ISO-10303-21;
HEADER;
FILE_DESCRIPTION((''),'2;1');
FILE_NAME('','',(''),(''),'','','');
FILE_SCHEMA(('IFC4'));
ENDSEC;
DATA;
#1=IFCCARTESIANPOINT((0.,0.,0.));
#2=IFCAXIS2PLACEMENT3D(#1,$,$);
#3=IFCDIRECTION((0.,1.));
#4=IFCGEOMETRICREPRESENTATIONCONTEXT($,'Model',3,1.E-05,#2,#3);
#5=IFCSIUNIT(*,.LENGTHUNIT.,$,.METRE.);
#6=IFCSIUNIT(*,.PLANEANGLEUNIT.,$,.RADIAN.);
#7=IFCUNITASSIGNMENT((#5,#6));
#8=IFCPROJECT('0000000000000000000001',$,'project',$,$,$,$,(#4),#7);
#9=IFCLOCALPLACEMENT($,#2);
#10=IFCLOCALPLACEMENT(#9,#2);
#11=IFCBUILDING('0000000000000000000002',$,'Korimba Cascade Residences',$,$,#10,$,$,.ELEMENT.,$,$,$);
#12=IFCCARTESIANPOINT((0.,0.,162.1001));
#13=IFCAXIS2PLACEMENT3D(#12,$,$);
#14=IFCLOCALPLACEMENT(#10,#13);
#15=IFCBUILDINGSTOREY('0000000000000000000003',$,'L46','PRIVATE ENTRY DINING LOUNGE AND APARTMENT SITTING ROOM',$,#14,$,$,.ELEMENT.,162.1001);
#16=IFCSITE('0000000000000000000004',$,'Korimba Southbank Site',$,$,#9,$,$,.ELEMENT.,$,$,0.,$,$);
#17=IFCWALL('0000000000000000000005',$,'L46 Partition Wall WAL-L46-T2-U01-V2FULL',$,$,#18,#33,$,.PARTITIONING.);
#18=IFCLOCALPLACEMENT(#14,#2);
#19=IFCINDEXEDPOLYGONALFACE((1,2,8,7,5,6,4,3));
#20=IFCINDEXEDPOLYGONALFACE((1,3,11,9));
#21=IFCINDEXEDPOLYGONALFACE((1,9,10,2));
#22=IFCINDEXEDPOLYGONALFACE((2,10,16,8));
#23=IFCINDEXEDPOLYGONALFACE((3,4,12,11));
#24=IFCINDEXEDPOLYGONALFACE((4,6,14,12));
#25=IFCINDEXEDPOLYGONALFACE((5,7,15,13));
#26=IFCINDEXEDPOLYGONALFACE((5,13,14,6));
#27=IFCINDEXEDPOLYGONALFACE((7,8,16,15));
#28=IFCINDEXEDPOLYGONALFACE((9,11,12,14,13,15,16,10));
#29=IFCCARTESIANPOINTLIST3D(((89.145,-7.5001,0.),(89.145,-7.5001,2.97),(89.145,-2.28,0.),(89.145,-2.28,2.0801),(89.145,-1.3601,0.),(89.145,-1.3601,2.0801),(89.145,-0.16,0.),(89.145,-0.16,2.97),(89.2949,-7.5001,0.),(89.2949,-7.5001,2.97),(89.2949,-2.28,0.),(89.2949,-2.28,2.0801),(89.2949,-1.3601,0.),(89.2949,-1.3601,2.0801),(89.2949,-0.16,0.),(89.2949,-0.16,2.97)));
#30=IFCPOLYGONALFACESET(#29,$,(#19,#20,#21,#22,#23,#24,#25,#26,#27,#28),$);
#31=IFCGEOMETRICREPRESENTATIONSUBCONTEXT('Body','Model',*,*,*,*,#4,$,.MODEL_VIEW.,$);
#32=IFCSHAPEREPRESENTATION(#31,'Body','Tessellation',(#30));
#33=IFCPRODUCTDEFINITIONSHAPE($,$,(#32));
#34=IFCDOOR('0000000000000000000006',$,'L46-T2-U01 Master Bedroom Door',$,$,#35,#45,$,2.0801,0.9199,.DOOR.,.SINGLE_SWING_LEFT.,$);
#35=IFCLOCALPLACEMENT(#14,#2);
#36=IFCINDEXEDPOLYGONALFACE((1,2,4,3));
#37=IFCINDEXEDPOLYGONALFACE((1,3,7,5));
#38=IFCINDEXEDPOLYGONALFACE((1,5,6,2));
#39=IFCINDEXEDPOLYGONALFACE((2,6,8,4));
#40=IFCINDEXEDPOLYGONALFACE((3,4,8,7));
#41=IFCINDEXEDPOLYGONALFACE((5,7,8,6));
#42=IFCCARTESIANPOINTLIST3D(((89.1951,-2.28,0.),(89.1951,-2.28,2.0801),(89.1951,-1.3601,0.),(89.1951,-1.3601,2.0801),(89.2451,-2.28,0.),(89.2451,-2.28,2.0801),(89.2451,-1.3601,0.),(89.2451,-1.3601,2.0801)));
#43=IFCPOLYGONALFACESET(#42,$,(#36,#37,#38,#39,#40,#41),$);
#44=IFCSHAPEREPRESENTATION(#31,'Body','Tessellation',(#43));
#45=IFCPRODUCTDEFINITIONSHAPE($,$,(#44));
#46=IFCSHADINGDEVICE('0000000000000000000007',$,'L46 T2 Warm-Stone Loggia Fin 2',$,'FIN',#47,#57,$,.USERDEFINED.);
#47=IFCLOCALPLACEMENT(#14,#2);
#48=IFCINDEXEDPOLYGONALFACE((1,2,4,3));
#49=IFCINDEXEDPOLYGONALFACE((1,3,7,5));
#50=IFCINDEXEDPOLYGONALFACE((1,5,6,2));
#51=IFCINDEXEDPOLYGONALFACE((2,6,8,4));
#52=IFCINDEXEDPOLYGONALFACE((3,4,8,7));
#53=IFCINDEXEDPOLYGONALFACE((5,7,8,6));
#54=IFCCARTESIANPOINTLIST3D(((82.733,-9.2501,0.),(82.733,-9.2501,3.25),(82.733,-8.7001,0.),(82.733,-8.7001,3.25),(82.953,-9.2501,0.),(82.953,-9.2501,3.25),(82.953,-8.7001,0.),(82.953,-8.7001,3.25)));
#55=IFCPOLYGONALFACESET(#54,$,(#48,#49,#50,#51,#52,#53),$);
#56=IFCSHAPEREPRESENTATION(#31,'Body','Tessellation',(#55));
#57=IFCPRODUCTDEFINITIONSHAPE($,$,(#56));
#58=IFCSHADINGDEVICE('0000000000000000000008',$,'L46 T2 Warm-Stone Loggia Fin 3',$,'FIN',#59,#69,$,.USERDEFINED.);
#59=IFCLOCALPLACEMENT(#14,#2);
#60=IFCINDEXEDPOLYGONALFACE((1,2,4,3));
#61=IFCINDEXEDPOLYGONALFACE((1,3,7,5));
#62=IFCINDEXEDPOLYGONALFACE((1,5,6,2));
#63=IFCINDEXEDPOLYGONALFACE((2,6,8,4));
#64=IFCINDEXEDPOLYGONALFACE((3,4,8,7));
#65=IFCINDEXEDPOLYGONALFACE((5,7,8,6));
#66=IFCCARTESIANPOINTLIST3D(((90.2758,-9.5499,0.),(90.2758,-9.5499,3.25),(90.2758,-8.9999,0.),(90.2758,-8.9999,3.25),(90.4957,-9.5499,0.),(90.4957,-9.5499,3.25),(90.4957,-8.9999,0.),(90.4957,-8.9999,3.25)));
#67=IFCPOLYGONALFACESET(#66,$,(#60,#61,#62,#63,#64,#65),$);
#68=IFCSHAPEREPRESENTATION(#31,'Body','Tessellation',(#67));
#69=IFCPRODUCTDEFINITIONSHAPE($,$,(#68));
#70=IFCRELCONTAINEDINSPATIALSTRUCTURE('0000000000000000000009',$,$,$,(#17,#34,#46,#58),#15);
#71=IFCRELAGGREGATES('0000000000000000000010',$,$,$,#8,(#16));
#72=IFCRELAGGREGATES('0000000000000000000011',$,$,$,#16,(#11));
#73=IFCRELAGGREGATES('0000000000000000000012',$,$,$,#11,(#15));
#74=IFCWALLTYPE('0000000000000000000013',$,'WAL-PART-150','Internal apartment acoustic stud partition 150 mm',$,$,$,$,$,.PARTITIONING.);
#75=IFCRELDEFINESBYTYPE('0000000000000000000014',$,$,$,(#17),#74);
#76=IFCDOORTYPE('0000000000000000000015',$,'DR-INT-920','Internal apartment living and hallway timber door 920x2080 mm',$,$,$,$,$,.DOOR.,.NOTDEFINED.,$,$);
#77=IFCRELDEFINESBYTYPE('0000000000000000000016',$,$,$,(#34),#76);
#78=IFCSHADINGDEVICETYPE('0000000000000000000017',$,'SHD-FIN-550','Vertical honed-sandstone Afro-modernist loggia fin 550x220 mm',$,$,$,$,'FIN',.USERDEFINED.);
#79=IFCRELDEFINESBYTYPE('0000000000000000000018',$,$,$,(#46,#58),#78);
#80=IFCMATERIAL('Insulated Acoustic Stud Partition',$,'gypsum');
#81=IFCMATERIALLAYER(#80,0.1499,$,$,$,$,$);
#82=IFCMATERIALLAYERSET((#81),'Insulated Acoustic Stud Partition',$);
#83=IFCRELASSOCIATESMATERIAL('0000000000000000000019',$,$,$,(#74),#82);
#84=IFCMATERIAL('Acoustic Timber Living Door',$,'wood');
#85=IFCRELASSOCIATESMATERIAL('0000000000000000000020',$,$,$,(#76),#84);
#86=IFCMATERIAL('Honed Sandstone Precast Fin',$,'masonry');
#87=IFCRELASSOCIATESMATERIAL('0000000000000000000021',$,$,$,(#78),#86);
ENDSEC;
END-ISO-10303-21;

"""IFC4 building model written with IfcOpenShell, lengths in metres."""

from ifc_helpers import new_model, si_unit, direction, frame, frame_2d, origin, origin_2d, place, context, subcontext, project, spatial, rectangle, extrude, material, layer, layer_set, type_object, element, fill, save


model = new_model("IFC4")

# Units and contexts
model_context = context("Model", 3, precision=1e-05, world=origin(), true_north=direction((0.0, 1.0)))
body_context = subcontext(model_context, "Body", "Model", "MODEL_VIEW")
ifc_project = project(units=[si_unit("LENGTHUNIT", "METRE"), si_unit("PLANEANGLEUNIT", "RADIAN")], contexts=[model_context])

# Site, building, storey
site_placement = place(None, origin())
site = spatial("IfcSite", under=ifc_project, at=site_placement, Name="Korimba Southbank Site", CompositionType="ELEMENT", RefElevation=0.0)
building_placement = place(site_placement, origin())
building = spatial("IfcBuilding", under=site, at=building_placement, Name="Korimba Cascade Residences", CompositionType="ELEMENT")
storey_placement = place(building_placement, frame((0.0, 0.0, 162.1001)))
storey = spatial("IfcBuildingStorey", under=building, at=storey_placement, Name="L46", Description="PRIVATE ENTRY DINING LOUNGE AND APARTMENT SITTING ROOM", CompositionType="ELEMENT", Elevation=162.1001)

# Shared definitions
ifc_material_1 = material(Name="Insulated Acoustic Stud Partition", Category="gypsum")
ifc_layer_1 = layer(ifc_material_1, 0.1499)
ifc_layer_set_1 = layer_set([ifc_layer_1], Name="Insulated Acoustic Stud Partition")
wall_type_1 = type_object("IfcWallType", Name="WAL-PART-150", Description="Internal apartment acoustic stud partition 150 mm", PredefinedType="PARTITIONING", material=ifc_layer_set_1)

# Wall, opening, door
wall_1_placement = place(storey_placement, frame((89.22, -7.5, 0.0), z_axis=(0.0, 0.0, 1.0), x_axis=(0.0, 1.0, 0.0)))
wall_1 = element("IfcWall", 1, at=wall_1_placement, inside=storey, type_object=wall_type_1, Name="L46 Partition Wall WAL-L46-T2-U01-V2FULL", PredefinedType="PARTITIONING", context=body_context, shape_type="SweptSolid", body=[
    extrude(rectangle(XDim=7.3401, YDim=0.1499, at=frame_2d((3.6699, 0.0))), origin(), (0.0, 0.0, 1.0), 2.97),
])
opening_placement = place(wall_1_placement, frame((5.22, 0.0, 0.0)))
opening = element("IfcOpeningElement", 2, at=opening_placement, cuts=wall_1, PredefinedType="OPENING", context=body_context, shape_type="SweptSolid", body=[
    extrude(rectangle(XDim=0.9199, YDim=2.0801, at=frame_2d((0.46, 1.04))), frame((0.0, 0.085, 0.0), z_axis=(0.0, -1.0, 0.0), x_axis=(1.0, 0.0, 0.0)), (0.0, 0.0, 1.0), 0.1699),
])
ifc_material_2 = material(Name="Acoustic Timber Living Door", Category="wood")
door_type = type_object("IfcDoorType", Name="DR-INT-920", Description="Internal apartment living and hallway timber door 920x2080 mm", OperationType="NOTDEFINED", PredefinedType="DOOR", material=ifc_material_2)
door_placement = place(opening_placement, origin())
door = element("IfcDoor", 3, at=door_placement, inside=storey, type_object=door_type, Name="L46-T2-U01 Master Bedroom Door", OperationType="SINGLE_SWING_LEFT", OverallHeight=2.0801, OverallWidth=0.9199, PredefinedType="DOOR", context=body_context, shape_type="SweptSolid", body=[
    extrude(rectangle(XDim=0.9199, YDim=2.0801, at=frame_2d((0.46, 1.04))), frame((0.0, 0.0249, 0.0), z_axis=(0.0, -1.0, 0.0), x_axis=(1.0, 0.0, 0.0)), (0.0, 0.0, 1.0), 0.05),
])
fill(opening, door)

# Shading devices
ifc_material_3 = material(Name="Honed Sandstone Precast Fin", Category="masonry")
shading_device_type = type_object("IfcShadingDeviceType", Name="SHD-FIN-550", Description="Vertical honed-sandstone Afro-modernist loggia fin 550x220 mm", ElementType="FIN", PredefinedType="USERDEFINED", material=ifc_material_3)
for number, where, z_axis, x_axis, name in (
    (4, (82.843, -8.9751, 0.0), (0.0, 0.0, 1.0), (1.0, 0.0, 0.0), "L46 T2 Warm-Stone Loggia Fin 2"),
    (5, (90.3857, -9.2749, 0.0), (0.0, 0.0, 1.0), (1.0, 0.0, 0.0), "L46 T2 Warm-Stone Loggia Fin 3"),
):
    element("IfcShadingDevice", number, at=place(storey_placement, frame(where, z_axis=z_axis, x_axis=x_axis)), inside=storey, type_object=shading_device_type, Name=name, ObjectType="FIN", PredefinedType="USERDEFINED", context=body_context, shape_type="SweptSolid", body=[
        extrude(rectangle(XDim=0.22, YDim=0.55, at=origin_2d()), origin(), (0.0, 0.0, 1.0), 3.25),
    ])

save(model, "model.ifc")
